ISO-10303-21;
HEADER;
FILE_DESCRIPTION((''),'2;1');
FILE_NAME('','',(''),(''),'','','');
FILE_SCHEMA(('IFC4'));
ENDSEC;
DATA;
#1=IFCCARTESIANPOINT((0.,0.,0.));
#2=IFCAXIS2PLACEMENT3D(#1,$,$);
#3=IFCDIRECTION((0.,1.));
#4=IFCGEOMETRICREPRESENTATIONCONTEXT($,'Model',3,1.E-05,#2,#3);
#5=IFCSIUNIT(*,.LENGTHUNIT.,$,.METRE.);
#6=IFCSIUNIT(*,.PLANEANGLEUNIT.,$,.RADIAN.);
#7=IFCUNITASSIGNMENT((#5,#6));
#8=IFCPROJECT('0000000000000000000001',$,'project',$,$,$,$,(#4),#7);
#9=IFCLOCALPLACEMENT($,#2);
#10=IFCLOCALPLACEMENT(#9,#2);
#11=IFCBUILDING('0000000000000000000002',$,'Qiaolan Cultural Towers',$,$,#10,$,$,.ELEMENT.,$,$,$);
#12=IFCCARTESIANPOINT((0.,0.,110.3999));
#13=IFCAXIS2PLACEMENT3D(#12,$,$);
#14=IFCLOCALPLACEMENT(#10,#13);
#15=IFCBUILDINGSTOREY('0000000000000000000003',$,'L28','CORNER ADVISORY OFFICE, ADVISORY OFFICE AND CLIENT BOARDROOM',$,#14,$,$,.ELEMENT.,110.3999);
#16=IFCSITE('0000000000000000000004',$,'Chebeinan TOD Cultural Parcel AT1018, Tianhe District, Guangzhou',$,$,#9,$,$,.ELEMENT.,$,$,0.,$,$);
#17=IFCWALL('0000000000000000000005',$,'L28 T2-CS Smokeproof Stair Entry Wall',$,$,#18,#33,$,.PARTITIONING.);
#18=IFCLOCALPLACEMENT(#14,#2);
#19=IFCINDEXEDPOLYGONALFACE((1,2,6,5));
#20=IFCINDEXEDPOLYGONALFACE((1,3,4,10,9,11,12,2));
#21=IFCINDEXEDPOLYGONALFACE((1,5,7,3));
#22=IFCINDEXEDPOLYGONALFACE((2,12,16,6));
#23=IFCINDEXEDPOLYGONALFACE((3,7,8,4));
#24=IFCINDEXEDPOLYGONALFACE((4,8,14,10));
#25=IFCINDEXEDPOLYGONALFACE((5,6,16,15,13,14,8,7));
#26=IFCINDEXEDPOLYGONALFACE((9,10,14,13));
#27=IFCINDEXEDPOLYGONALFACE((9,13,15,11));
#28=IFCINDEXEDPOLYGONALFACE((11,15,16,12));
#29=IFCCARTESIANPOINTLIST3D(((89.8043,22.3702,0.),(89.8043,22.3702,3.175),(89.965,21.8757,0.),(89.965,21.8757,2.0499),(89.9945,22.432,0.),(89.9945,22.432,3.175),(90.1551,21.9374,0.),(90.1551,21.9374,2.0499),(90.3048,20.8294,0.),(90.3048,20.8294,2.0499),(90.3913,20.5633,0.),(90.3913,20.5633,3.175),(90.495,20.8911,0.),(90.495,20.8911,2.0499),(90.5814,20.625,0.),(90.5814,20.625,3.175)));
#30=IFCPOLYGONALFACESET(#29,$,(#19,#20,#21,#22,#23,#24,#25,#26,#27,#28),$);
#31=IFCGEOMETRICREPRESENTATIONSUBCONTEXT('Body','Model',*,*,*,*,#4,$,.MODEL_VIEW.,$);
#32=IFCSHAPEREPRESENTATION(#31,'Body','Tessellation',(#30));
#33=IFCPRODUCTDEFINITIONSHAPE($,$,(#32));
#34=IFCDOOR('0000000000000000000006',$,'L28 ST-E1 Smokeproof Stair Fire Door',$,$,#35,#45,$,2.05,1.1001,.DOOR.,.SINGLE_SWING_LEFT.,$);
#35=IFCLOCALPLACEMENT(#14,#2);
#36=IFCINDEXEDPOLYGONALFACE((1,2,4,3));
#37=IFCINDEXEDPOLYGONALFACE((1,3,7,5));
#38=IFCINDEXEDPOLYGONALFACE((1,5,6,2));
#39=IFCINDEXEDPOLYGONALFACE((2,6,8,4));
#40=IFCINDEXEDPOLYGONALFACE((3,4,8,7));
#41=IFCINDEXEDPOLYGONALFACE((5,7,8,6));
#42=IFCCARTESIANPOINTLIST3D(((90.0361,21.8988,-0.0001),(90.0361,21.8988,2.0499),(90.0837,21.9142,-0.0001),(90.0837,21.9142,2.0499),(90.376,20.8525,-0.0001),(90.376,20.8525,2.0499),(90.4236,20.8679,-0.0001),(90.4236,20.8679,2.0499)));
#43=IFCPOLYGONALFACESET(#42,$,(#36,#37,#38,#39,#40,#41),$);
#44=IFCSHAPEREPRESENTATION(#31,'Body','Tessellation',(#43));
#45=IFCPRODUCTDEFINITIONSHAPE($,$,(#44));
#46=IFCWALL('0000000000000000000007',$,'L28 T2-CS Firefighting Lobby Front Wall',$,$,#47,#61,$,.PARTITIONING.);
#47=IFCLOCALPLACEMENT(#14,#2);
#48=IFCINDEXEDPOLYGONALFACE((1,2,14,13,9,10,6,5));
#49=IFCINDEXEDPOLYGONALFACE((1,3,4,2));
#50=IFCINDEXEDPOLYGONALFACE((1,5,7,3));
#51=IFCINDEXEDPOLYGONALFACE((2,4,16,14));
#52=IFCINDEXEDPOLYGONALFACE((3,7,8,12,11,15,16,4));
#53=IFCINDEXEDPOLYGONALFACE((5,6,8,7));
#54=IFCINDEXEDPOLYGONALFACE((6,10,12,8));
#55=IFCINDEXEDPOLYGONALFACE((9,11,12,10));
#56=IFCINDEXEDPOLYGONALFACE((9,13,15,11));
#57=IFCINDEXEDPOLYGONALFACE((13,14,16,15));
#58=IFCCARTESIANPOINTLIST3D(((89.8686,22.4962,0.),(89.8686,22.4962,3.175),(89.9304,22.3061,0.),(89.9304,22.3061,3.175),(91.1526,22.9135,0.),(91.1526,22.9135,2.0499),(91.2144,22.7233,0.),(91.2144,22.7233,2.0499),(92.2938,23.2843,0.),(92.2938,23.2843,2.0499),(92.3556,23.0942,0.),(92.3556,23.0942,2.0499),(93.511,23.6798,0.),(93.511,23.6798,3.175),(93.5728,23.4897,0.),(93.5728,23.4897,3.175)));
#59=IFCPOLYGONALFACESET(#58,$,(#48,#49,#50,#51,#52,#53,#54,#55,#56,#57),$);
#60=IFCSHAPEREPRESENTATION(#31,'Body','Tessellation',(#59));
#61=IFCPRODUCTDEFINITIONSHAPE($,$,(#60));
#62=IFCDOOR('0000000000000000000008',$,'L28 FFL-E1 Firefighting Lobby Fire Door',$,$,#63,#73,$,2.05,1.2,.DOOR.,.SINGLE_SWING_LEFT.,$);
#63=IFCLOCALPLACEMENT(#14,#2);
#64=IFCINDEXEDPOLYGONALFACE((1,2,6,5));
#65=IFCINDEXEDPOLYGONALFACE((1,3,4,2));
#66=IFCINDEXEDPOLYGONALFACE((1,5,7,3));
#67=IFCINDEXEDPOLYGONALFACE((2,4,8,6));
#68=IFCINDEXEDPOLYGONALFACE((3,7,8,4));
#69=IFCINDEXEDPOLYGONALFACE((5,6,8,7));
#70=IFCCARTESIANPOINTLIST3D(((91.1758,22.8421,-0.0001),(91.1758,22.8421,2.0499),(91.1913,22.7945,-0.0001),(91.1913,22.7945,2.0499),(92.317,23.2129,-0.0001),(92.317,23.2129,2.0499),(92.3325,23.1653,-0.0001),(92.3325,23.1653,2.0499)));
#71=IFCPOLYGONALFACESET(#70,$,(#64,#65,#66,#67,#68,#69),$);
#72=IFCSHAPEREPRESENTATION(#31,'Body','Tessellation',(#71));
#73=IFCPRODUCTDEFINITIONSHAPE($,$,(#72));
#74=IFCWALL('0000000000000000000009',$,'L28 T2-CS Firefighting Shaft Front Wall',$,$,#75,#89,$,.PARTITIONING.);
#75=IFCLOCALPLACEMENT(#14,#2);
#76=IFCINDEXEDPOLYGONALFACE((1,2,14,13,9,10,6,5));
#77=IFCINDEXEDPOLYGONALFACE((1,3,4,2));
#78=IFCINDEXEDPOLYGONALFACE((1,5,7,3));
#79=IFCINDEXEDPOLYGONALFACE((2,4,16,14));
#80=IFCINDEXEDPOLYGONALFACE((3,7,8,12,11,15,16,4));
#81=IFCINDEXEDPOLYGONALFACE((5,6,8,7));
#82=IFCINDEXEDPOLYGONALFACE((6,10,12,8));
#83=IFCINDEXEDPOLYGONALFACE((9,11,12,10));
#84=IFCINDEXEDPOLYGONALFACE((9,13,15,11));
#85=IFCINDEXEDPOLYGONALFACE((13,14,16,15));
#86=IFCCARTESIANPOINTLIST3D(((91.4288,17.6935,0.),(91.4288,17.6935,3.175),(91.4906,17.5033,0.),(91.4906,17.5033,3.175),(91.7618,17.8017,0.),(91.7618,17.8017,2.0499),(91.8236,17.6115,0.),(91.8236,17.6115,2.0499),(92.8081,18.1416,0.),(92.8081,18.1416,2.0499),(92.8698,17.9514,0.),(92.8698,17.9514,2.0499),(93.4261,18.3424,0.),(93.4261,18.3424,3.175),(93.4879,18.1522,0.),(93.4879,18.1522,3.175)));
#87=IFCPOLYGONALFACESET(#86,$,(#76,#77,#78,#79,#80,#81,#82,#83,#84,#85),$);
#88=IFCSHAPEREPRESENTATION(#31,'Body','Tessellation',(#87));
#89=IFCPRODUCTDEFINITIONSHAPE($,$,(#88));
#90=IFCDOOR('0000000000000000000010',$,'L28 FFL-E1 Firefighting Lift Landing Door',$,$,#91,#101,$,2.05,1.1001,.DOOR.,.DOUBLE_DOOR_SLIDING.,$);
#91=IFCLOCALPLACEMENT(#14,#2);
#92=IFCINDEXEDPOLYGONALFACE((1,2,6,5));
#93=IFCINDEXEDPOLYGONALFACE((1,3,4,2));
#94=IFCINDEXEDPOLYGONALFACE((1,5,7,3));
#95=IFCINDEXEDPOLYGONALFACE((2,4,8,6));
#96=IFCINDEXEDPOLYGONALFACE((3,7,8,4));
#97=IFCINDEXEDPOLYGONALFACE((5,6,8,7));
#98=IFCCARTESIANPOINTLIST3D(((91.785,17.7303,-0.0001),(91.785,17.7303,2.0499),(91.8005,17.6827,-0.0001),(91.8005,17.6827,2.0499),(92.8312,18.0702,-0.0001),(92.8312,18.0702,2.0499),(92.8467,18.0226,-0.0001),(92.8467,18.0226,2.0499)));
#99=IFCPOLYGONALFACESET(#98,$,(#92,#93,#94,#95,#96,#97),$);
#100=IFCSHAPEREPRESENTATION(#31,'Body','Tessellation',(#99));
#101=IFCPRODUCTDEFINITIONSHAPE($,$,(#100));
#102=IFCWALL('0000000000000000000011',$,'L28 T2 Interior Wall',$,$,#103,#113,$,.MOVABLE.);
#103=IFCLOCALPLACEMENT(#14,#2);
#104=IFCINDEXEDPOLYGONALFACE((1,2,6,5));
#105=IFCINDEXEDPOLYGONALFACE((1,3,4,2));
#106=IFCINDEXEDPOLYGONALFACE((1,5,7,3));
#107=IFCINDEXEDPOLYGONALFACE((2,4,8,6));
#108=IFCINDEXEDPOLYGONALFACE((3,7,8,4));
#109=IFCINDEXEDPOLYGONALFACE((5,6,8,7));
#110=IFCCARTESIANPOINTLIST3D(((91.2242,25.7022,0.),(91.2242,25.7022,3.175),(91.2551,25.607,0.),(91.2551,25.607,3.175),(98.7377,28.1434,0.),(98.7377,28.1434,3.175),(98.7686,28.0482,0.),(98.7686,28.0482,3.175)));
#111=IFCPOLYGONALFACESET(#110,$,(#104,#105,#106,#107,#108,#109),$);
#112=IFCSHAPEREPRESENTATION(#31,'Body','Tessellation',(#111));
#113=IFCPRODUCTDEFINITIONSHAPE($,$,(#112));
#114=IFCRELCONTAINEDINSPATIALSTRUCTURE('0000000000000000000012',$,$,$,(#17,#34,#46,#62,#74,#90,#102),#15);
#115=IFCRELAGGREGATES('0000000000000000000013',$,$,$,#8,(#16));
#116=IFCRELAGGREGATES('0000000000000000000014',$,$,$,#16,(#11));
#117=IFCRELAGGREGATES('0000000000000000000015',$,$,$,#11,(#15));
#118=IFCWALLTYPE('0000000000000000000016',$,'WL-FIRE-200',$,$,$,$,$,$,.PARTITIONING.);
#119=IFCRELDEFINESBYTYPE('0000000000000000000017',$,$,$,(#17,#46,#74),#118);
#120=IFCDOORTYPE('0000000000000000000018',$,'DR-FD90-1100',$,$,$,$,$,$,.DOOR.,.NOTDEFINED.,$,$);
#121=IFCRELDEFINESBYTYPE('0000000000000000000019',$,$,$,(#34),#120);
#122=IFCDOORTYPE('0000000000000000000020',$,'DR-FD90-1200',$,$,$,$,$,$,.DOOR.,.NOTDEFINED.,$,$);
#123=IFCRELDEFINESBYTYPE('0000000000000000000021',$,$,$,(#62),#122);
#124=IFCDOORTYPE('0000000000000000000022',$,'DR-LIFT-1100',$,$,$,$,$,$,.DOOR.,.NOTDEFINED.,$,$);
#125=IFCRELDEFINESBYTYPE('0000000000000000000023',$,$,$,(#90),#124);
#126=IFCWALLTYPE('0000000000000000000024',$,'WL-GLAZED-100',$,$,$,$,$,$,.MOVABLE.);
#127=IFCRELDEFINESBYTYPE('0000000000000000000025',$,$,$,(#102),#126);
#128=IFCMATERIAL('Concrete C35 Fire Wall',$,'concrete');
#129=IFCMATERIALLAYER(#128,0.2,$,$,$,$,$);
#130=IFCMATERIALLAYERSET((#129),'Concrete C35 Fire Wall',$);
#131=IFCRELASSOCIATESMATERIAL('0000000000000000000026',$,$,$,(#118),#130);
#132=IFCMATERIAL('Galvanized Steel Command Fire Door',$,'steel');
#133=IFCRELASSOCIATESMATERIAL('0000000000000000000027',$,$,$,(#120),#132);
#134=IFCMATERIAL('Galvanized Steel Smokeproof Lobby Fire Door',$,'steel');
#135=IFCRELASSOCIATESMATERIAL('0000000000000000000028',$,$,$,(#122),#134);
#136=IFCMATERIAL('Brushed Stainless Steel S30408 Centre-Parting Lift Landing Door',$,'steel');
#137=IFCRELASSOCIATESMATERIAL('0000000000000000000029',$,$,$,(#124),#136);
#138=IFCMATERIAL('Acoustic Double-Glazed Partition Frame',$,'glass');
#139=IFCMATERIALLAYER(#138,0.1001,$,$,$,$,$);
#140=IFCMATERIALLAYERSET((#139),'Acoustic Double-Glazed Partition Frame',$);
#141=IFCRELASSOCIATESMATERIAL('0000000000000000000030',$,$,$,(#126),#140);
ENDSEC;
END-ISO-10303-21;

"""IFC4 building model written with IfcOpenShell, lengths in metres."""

from ifc_helpers import new_model, si_unit, direction, frame, frame_2d, origin, place, context, subcontext, project, spatial, rectangle, extrude, material, layer, layer_set, type_object, element, fill, save


model = new_model("IFC4")

# Units and contexts
model_context = context("Model", 3, precision=1e-05, world=origin(), true_north=direction((0.0, 1.0)))
body_context = subcontext(model_context, "Body", "Model", "MODEL_VIEW")
ifc_project = project(units=[si_unit("LENGTHUNIT", "METRE"), si_unit("PLANEANGLEUNIT", "RADIAN")], contexts=[model_context])

# Site, building, storey
site_placement = place(None, origin())
site = spatial("IfcSite", under=ifc_project, at=site_placement, Name="Chebeinan TOD Cultural Parcel AT1018, Tianhe District, Guangzhou", CompositionType="ELEMENT", RefElevation=0.0)
building_placement = place(site_placement, origin())
building = spatial("IfcBuilding", under=site, at=building_placement, Name="Qiaolan Cultural Towers", CompositionType="ELEMENT")
storey_placement = place(building_placement, frame((0.0, 0.0, 110.3999)))
storey = spatial("IfcBuildingStorey", under=building, at=storey_placement, Name="L28", Description="CORNER ADVISORY OFFICE, ADVISORY OFFICE AND CLIENT BOARDROOM", CompositionType="ELEMENT", Elevation=110.3999)

# Walls, openings, doors
ifc_material_1 = material(Name="Concrete C35 Fire Wall", Category="concrete")
ifc_layer_1 = layer(ifc_material_1, 0.2)
ifc_layer_set_1 = layer_set([ifc_layer_1], Name="Concrete C35 Fire Wall")
wall_type_1 = type_object("IfcWallType", Name="WL-FIRE-200", PredefinedType="PARTITIONING", material=ifc_layer_set_1)
wall_1_placement = place(storey_placement, frame((89.8994, 22.4011, 0.0), z_axis=(0.0, 0.0, 1.0), x_axis=(0.308932, -0.951084, 0.0)))
wall_1 = element("IfcWall", 1, at=wall_1_placement, inside=storey, type_object=wall_type_1, Name="L28 T2-CS Smokeproof Stair Entry Wall", PredefinedType="PARTITIONING", context=body_context, shape_type="SweptSolid", body=[
    extrude(rectangle(XDim=1.8999, YDim=0.2, at=frame_2d((0.95, 0.0))), origin(), (0.0, 0.0, 1.0), 3.175),
])
opening_1_placement = place(wall_1_placement, frame((0.52, 0.0, 0.0)))
opening_1 = element("IfcOpeningElement", 2, at=opening_1_placement, cuts=wall_1, PredefinedType="OPENING", context=body_context, shape_type="SweptSolid", body=[
    extrude(rectangle(XDim=1.1001, YDim=2.05, at=frame_2d((0.55, 1.0249))), frame((0.0, 0.1099, 0.0), z_axis=(0.0, -1.0, 0.0), x_axis=(1.0, 0.0, 0.0)), (0.0, 0.0, 1.0), 0.22),
])
ifc_material_2 = material(Name="Galvanized Steel Command Fire Door", Category="steel")
door_type_1 = type_object("IfcDoorType", Name="DR-FD90-1100", OperationType="NOTDEFINED", PredefinedType="DOOR", material=ifc_material_2)
door_1_placement = place(opening_1_placement, origin())
door_1 = element("IfcDoor", 3, at=door_1_placement, inside=storey, type_object=door_type_1, Name="L28 ST-E1 Smokeproof Stair Fire Door", OperationType="SINGLE_SWING_LEFT", OverallHeight=2.05, OverallWidth=1.1001, PredefinedType="DOOR", context=body_context, shape_type="SweptSolid", body=[
    extrude(rectangle(XDim=1.1001, YDim=2.05, at=frame_2d((0.55, 1.0249))), frame((0.0, 0.0249, 0.0), z_axis=(0.0, -1.0, 0.0), x_axis=(1.0, 0.0, 0.0)), (0.0, 0.0, 1.0), 0.05),
])
fill(opening_1, door_1)
wall_2_placement = place(storey_placement, frame((89.8994, 22.4011, 0.0), z_axis=(0.0, 0.0, 1.0), x_axis=(0.951047, 0.309047, 0.0)))
wall_2 = element("IfcWall", 4, at=wall_2_placement, inside=storey, type_object=wall_type_1, Name="L28 T2-CS Firefighting Lobby Front Wall", PredefinedType="PARTITIONING", context=body_context, shape_type="SweptSolid", body=[
    extrude(rectangle(XDim=3.8298, YDim=0.2, at=frame_2d((1.915, 0.0))), origin(), (0.0, 0.0, 1.0), 3.175),
])
opening_2_placement = place(wall_2_placement, frame((1.3501, 0.0, 0.0)))
opening_2 = element("IfcOpeningElement", 5, at=opening_2_placement, cuts=wall_2, PredefinedType="OPENING", context=body_context, shape_type="SweptSolid", body=[
    extrude(rectangle(XDim=1.2, YDim=2.05, at=frame_2d((0.6001, 1.0249))), frame((0.0, 0.1099, 0.0), z_axis=(0.0, -1.0, 0.0), x_axis=(1.0, 0.0, 0.0)), (0.0, 0.0, 1.0), 0.22),
])
ifc_material_3 = material(Name="Galvanized Steel Smokeproof Lobby Fire Door", Category="steel")
door_type_2 = type_object("IfcDoorType", Name="DR-FD90-1200", OperationType="NOTDEFINED", PredefinedType="DOOR", material=ifc_material_3)
door_2_placement = place(opening_2_placement, origin())
door_2 = element("IfcDoor", 6, at=door_2_placement, inside=storey, type_object=door_type_2, Name="L28 FFL-E1 Firefighting Lobby Fire Door", OperationType="SINGLE_SWING_LEFT", OverallHeight=2.05, OverallWidth=1.2, PredefinedType="DOOR", context=body_context, shape_type="SweptSolid", body=[
    extrude(rectangle(XDim=1.2, YDim=2.05, at=frame_2d((0.6001, 1.0249))), frame((0.0, 0.0249, 0.0), z_axis=(0.0, -1.0, 0.0), x_axis=(1.0, 0.0, 0.0)), (0.0, 0.0, 1.0), 0.05),
])
fill(opening_2, door_2)
wall_3_placement = place(storey_placement, frame((91.4597, 17.5984, 0.0), z_axis=(0.0, 0.0, 1.0), x_axis=(0.951062, 0.308999, 0.0)))
wall_3 = element("IfcWall", 7, at=wall_3_placement, inside=storey, type_object=wall_type_1, Name="L28 T2-CS Firefighting Shaft Front Wall", PredefinedType="PARTITIONING", context=body_context, shape_type="SweptSolid", body=[
    extrude(rectangle(XDim=2.1001, YDim=0.2, at=frame_2d((1.05, 0.0))), origin(), (0.0, 0.0, 1.0), 3.175),
])
opening_3_placement = place(wall_3_placement, frame((0.3501, 0.0, 0.0)))
opening_3 = element("IfcOpeningElement", 8, at=opening_3_placement, cuts=wall_3, PredefinedType="OPENING", context=body_context, shape_type="SweptSolid", body=[
    extrude(rectangle(XDim=1.1001, YDim=2.05, at=frame_2d((0.55, 1.0249))), frame((0.0, 0.1099, 0.0), z_axis=(0.0, -1.0, 0.0), x_axis=(1.0, 0.0, 0.0)), (0.0, 0.0, 1.0), 0.22),
])
ifc_material_4 = material(Name="Brushed Stainless Steel S30408 Centre-Parting Lift Landing Door", Category="steel")
door_type_3 = type_object("IfcDoorType", Name="DR-LIFT-1100", OperationType="NOTDEFINED", PredefinedType="DOOR", material=ifc_material_4)
door_3_placement = place(opening_3_placement, origin())
door_3 = element("IfcDoor", 9, at=door_3_placement, inside=storey, type_object=door_type_3, Name="L28 FFL-E1 Firefighting Lift Landing Door", OperationType="DOUBLE_DOOR_SLIDING", OverallHeight=2.05, OverallWidth=1.1001, PredefinedType="DOOR", context=body_context, shape_type="SweptSolid", body=[
    extrude(rectangle(XDim=1.1001, YDim=2.05, at=frame_2d((0.55, 1.0249))), frame((0.0, 0.0249, 0.0), z_axis=(0.0, -1.0, 0.0), x_axis=(1.0, 0.0, 0.0)), (0.0, 0.0, 1.0), 0.05),
])
fill(opening_3, door_3)

# Wall
ifc_material_5 = material(Name="Acoustic Double-Glazed Partition Frame", Category="glass")
ifc_layer_2 = layer(ifc_material_5, 0.1001)
ifc_layer_set_2 = layer_set([ifc_layer_2], Name="Acoustic Double-Glazed Partition Frame")
wall_type_2 = type_object("IfcWallType", Name="WL-GLAZED-100", PredefinedType="MOVABLE", material=ifc_layer_set_2)
wall_4_placement = place(storey_placement, frame((91.2395, 25.6545, 0.0), z_axis=(0.0, 0.0, 1.0), x_axis=(0.95106, 0.309006, 0.0)))
element("IfcWall", 10, at=wall_4_placement, inside=storey, type_object=wall_type_2, Name="L28 T2 Interior Wall", PredefinedType="MOVABLE", context=body_context, shape_type="SweptSolid", body=[
    extrude(rectangle(XDim=7.9001, YDim=0.1001, at=frame_2d((3.9502, 0.0))), origin(), (0.0, 0.0, 1.0), 3.175),
])

save(model, "model.ifc")
